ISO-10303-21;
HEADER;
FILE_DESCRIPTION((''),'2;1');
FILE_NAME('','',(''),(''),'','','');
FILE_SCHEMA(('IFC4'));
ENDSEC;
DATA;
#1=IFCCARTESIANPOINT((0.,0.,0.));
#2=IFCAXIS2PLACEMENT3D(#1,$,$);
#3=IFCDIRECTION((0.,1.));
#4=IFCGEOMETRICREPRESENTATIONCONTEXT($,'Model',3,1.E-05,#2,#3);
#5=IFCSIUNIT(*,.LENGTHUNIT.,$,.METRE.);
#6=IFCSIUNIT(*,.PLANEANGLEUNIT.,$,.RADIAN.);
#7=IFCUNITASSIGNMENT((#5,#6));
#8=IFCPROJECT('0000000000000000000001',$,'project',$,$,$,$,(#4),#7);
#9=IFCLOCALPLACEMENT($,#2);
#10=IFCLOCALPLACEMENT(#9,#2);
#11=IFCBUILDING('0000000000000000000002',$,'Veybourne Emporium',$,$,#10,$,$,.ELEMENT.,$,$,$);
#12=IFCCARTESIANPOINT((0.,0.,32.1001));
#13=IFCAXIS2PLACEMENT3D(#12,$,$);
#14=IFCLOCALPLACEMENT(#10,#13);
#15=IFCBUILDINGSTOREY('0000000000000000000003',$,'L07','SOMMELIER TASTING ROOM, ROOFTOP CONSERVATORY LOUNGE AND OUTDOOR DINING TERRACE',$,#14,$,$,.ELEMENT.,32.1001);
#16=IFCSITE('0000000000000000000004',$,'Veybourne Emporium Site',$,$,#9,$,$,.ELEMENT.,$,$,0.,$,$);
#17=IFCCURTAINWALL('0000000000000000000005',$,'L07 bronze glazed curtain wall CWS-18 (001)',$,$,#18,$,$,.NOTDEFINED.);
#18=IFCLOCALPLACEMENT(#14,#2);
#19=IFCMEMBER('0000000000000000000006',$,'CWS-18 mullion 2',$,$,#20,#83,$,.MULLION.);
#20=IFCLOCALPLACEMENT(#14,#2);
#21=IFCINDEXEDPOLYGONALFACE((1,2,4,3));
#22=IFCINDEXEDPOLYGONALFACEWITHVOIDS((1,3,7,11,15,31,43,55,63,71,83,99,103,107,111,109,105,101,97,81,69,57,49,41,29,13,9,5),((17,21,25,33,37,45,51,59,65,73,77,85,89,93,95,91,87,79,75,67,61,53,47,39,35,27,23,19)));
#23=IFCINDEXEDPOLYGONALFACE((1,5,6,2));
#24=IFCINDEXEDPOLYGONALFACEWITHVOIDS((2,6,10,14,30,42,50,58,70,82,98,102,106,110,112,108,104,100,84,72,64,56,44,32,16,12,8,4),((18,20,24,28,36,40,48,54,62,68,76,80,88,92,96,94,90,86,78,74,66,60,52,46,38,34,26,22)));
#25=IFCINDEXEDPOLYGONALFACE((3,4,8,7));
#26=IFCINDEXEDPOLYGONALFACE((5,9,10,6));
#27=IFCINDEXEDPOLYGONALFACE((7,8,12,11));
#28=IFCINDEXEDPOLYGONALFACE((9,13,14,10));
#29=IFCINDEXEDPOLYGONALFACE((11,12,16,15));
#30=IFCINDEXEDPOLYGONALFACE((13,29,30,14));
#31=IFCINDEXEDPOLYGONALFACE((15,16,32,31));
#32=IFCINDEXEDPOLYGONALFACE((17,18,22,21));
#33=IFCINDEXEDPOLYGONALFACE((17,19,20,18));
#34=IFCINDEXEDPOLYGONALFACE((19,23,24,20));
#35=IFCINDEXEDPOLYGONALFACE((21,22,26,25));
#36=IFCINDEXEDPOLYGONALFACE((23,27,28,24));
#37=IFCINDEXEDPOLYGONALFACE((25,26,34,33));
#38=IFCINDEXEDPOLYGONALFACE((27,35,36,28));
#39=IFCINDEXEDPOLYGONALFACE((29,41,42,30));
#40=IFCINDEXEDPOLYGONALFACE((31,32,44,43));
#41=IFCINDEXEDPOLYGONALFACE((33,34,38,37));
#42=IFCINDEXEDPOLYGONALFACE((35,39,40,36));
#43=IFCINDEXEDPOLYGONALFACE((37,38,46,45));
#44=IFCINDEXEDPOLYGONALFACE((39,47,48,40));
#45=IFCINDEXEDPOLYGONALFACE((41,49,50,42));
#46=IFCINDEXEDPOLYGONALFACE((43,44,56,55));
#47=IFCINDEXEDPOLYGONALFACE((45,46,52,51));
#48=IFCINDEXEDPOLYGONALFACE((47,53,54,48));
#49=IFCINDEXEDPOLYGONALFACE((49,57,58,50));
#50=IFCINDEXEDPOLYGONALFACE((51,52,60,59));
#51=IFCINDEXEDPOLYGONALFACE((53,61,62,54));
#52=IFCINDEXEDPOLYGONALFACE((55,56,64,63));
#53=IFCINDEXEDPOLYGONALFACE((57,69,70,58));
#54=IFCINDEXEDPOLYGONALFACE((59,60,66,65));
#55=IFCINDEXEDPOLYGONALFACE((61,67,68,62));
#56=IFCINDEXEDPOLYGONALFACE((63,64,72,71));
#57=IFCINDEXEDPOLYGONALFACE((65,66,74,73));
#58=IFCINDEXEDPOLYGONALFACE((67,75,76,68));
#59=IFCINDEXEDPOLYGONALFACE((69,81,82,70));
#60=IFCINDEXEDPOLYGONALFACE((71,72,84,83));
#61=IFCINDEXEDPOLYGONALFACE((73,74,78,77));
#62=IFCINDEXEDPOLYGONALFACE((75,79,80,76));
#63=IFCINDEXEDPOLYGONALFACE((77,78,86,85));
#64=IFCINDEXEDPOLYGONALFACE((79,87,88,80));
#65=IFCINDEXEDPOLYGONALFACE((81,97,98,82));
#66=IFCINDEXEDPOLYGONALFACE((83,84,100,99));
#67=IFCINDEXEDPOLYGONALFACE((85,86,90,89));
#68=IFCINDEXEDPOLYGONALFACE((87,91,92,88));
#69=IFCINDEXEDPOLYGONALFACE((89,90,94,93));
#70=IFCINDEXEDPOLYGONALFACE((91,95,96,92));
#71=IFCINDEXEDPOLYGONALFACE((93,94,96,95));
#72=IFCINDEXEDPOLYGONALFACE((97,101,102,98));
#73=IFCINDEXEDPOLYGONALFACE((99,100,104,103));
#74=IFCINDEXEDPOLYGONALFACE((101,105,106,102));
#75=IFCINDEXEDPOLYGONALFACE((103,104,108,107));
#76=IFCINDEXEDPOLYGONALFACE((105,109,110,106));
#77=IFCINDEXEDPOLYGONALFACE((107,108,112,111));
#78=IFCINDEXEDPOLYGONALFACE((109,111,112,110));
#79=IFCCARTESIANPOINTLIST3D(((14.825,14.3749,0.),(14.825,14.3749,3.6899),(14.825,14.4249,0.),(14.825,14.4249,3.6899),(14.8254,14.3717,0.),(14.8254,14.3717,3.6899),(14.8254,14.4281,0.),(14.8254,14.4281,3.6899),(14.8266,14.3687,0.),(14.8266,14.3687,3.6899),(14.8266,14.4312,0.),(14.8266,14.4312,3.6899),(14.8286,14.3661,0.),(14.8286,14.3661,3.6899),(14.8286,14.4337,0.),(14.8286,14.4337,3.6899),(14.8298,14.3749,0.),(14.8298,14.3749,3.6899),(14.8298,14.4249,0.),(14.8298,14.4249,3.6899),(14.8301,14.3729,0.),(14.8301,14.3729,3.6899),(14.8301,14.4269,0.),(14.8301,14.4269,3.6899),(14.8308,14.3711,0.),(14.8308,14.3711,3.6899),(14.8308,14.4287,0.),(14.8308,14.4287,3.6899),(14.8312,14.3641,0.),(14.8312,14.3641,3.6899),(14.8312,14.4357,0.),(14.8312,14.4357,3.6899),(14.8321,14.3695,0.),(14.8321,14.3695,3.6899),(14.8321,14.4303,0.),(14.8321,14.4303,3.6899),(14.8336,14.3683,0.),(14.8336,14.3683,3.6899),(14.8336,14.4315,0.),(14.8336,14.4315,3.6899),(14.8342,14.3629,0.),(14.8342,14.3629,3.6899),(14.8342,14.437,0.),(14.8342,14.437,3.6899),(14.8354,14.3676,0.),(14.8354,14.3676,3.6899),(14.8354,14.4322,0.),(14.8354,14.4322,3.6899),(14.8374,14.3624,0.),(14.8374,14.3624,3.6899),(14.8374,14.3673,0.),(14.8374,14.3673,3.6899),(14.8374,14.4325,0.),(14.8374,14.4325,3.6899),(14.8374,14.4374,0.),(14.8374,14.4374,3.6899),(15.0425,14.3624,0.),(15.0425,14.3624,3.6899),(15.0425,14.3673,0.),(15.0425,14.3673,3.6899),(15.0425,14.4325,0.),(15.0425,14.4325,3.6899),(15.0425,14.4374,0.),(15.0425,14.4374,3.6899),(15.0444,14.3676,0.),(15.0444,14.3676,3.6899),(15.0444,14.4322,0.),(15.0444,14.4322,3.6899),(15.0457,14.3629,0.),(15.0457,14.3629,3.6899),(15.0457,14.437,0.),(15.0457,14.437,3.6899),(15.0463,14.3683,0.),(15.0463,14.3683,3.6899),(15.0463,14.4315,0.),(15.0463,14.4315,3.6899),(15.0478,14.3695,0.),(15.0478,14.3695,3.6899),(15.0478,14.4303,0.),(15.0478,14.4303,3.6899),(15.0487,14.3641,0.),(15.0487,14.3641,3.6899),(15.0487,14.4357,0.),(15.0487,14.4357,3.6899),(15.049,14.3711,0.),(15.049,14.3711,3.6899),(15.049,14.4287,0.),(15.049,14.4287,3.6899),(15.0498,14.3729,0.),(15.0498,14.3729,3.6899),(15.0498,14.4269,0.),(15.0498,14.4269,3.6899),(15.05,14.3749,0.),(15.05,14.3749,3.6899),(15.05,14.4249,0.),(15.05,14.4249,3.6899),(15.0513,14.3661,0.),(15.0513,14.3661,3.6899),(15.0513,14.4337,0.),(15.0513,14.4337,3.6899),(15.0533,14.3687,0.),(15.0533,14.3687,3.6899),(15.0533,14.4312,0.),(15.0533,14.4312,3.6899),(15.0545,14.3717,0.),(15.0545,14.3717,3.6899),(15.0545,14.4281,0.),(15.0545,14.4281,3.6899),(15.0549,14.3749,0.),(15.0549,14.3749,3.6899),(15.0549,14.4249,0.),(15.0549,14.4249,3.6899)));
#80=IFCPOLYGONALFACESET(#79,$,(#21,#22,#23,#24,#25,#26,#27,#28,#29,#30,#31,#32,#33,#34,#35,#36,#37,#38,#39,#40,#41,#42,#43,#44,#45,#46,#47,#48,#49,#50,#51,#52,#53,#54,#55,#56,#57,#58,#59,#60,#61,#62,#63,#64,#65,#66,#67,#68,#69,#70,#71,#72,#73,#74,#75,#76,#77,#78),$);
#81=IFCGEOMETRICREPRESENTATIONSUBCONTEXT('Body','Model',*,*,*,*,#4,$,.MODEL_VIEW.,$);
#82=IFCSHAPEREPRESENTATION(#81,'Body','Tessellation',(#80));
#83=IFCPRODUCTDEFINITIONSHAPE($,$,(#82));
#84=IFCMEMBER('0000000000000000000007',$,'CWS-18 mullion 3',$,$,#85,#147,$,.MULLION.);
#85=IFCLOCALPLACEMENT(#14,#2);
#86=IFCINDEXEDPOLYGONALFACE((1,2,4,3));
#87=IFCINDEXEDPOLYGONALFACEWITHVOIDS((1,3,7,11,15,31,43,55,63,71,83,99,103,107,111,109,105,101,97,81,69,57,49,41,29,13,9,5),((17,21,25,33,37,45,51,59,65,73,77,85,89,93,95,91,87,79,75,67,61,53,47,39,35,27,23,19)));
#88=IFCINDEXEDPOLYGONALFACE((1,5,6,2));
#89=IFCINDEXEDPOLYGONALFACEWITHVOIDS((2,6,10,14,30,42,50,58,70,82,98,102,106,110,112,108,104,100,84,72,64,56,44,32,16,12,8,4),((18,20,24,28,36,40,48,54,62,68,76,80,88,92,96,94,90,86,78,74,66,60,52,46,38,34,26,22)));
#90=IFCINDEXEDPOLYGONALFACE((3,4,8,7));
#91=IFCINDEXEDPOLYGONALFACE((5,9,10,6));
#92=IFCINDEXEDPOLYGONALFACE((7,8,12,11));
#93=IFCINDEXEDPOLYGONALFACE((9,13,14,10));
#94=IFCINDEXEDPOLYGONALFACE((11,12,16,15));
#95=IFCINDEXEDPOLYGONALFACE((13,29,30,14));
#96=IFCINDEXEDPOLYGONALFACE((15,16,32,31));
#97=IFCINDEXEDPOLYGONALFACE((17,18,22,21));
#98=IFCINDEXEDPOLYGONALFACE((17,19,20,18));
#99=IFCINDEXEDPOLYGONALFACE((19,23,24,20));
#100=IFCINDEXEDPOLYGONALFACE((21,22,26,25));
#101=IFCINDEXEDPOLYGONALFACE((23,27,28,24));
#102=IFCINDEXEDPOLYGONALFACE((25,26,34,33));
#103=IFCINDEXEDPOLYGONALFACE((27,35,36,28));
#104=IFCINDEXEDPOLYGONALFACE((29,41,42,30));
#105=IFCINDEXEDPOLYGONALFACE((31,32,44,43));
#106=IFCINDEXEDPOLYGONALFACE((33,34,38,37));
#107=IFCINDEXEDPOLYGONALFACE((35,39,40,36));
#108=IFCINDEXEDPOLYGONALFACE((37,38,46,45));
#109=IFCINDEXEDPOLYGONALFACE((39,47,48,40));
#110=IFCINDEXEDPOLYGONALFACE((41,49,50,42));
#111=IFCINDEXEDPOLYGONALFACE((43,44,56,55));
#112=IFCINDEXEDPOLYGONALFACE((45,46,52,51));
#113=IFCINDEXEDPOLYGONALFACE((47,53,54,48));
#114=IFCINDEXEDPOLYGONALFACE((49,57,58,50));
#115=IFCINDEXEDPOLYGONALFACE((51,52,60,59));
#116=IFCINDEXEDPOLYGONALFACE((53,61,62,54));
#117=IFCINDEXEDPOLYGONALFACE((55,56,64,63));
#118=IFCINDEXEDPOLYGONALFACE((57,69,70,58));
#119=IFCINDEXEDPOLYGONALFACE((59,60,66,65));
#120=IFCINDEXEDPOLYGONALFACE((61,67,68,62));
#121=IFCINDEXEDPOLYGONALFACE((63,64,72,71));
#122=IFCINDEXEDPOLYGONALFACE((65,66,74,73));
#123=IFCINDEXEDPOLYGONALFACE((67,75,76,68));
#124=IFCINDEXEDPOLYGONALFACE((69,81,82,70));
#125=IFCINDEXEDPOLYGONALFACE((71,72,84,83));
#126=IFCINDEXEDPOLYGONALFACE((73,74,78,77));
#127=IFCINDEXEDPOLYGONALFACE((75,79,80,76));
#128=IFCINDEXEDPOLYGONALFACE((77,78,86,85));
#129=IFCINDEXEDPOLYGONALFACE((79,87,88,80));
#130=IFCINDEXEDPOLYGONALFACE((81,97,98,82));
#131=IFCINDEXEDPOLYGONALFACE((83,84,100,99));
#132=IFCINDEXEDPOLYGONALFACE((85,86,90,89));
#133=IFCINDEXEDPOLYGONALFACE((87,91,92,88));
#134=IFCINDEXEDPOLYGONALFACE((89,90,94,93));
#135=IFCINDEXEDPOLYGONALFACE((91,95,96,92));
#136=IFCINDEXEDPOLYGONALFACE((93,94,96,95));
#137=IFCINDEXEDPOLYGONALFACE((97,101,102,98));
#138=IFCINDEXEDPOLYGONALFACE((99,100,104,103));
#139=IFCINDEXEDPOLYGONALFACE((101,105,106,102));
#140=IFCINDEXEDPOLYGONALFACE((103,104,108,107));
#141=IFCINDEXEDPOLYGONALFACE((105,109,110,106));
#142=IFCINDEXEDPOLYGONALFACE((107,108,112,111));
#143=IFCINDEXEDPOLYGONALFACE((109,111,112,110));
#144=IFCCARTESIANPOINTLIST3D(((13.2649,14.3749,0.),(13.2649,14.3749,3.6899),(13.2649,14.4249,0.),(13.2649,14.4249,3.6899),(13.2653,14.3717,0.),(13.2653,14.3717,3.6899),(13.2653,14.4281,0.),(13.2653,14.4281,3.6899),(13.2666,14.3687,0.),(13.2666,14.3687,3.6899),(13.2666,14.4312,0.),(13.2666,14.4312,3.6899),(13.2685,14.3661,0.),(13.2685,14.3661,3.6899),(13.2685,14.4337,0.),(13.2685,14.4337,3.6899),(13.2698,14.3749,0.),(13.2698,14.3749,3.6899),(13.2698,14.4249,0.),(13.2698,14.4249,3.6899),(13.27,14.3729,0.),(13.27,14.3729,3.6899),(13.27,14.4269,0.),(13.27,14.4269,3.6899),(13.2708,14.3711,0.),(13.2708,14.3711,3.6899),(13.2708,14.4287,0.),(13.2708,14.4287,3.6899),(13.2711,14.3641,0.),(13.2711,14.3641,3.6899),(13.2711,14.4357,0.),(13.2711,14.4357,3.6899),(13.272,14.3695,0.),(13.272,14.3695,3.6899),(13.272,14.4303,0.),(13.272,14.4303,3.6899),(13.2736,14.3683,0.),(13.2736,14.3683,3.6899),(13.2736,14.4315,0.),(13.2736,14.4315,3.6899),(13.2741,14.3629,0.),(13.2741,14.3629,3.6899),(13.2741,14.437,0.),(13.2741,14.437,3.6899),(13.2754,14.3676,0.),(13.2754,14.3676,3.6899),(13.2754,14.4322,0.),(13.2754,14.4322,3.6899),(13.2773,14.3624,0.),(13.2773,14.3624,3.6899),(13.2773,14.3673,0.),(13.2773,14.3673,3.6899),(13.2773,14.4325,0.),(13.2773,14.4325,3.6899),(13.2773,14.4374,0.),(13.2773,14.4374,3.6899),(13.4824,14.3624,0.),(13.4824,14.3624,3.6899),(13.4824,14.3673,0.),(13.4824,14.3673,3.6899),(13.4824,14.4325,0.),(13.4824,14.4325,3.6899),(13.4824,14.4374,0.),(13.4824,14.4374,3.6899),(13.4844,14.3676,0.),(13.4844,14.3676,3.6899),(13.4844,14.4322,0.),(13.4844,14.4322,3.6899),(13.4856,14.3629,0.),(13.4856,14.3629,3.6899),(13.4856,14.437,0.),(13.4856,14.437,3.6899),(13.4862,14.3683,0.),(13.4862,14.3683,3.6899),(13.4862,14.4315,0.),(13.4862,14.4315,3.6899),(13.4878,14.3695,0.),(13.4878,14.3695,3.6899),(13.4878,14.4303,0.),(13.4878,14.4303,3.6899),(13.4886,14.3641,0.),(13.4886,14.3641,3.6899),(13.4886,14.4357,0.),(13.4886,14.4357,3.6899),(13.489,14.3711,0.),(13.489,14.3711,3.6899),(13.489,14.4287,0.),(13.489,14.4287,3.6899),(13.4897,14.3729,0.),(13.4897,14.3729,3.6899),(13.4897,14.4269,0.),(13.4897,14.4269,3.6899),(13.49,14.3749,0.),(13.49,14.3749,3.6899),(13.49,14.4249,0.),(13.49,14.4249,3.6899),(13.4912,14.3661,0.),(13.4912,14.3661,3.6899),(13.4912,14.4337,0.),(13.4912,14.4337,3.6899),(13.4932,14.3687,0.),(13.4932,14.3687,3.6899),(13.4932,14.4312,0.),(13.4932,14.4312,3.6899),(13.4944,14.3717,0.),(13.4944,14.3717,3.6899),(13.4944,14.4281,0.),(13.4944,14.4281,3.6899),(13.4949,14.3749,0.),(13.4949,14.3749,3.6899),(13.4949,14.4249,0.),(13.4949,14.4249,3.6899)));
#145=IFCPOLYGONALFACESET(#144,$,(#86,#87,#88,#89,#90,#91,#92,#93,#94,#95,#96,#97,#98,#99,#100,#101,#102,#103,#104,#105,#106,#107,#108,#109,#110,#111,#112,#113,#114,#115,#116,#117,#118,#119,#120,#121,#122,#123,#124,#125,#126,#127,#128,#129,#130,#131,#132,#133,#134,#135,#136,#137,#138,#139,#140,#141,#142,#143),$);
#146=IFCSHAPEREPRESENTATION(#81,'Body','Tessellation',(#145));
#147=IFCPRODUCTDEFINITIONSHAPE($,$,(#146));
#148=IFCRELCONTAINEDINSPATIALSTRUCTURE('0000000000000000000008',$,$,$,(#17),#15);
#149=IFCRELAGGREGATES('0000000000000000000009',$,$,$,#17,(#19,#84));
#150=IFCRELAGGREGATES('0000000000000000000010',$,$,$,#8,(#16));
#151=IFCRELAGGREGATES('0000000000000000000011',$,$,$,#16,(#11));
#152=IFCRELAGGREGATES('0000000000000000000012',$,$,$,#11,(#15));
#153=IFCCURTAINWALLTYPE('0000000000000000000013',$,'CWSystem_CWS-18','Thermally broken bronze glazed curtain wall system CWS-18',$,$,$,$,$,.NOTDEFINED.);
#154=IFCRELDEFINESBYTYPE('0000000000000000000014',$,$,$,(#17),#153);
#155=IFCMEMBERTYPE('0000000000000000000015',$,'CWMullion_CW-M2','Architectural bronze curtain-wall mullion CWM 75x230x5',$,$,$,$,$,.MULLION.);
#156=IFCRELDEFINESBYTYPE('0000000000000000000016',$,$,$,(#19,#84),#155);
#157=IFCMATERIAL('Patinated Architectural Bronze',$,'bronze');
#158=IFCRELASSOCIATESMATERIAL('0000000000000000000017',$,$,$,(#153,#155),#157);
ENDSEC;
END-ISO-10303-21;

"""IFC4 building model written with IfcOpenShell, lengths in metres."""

from ifc_helpers import new_model, si_unit, direction, frame, origin, origin_2d, place, context, subcontext, project, spatial, hollow_rectangle, extrude, material, material_profile, profile_set, type_object, element, aggregate, save


model = new_model("IFC4")

# Units and contexts
model_context = context("Model", 3, precision=1e-05, world=origin(), true_north=direction((0.0, 1.0)))
body_context = subcontext(model_context, "Body", "Model", "MODEL_VIEW")
ifc_project = project(units=[si_unit("LENGTHUNIT", "METRE"), si_unit("PLANEANGLEUNIT", "RADIAN")], contexts=[model_context])

# Site, building, storey
site_placement = place(None, origin())
site = spatial("IfcSite", under=ifc_project, at=site_placement, Name="Veybourne Emporium Site", CompositionType="ELEMENT", RefElevation=0.0)
building_placement = place(site_placement, origin())
building = spatial("IfcBuilding", under=site, at=building_placement, Name="Veybourne Emporium", CompositionType="ELEMENT")
storey_placement = place(building_placement, frame((0.0, 0.0, 32.1001)))
storey = spatial("IfcBuildingStorey", under=building, at=storey_placement, Name="L07", Description="SOMMELIER TASTING ROOM, ROOFTOP CONSERVATORY LOUNGE AND OUTDOOR DINING TERRACE", CompositionType="ELEMENT", Elevation=32.1001)

# Curtain wall, members
ifc_material_1 = material(Name="Patinated Architectural Bronze", Category="bronze")
curtain_wall_type_1 = type_object("IfcCurtainWallType", Name="CWSystem_CWS-18", Description="Thermally broken bronze glazed curtain wall system CWS-18", PredefinedType="NOTDEFINED", material=ifc_material_1)
curtain_wall_1_placement = place(storey_placement, origin())
curtain_wall_1 = element("IfcCurtainWall", 1, at=curtain_wall_1_placement, inside=storey, type_object=curtain_wall_type_1, Name="L07 bronze glazed curtain wall CWS-18 (001)", PredefinedType="NOTDEFINED")
ifc_material_profile_1 = material_profile(ifc_material_1, hollow_rectangle(XDim=0.075, YDim=0.23, WallThickness=0.0049, InnerFilletRadius=0.0076, OuterFilletRadius=0.0125, at=origin_2d()), Name="CWM 75x230x5")
ifc_profile_set_1 = profile_set([ifc_material_profile_1], Name="Patinated Architectural Bronze")
member_type_1 = type_object("IfcMemberType", Name="CWMullion_CW-M2", Description="Architectural bronze curtain-wall mullion CWM 75x230x5", PredefinedType="MULLION", material=ifc_profile_set_1)
member_1_placement = place(storey_placement, frame((14.9399, 14.3999, 0.0), z_axis=(0.0, 0.0, 1.0), x_axis=(0.0, -1.0, 0.0)))
member_1 = element("IfcMember", 2, at=member_1_placement, type_object=member_type_1, Name="CWS-18 mullion 2", PredefinedType="MULLION", context=body_context, shape_type="SweptSolid", body=[
    extrude(hollow_rectangle(XDim=0.075, YDim=0.23, WallThickness=0.0049, InnerFilletRadius=0.0076, OuterFilletRadius=0.0125, at=origin_2d()), origin(), (0.0, 0.0, 1.0), 3.6899),
])
member_2_placement = place(storey_placement, frame((13.3799, 14.3999, 0.0), z_axis=(0.0, 0.0, 1.0), x_axis=(0.0, -1.0, 0.0)))
member_2 = element("IfcMember", 3, at=member_2_placement, type_object=member_type_1, Name="CWS-18 mullion 3", PredefinedType="MULLION", context=body_context, shape_type="SweptSolid", body=[
    extrude(hollow_rectangle(XDim=0.075, YDim=0.23, WallThickness=0.0049, InnerFilletRadius=0.0076, OuterFilletRadius=0.0125, at=origin_2d()), origin(), (0.0, 0.0, 1.0), 3.6899),
])

aggregate(curtain_wall_1, [member_1, member_2])

save(model, "model.ifc")
